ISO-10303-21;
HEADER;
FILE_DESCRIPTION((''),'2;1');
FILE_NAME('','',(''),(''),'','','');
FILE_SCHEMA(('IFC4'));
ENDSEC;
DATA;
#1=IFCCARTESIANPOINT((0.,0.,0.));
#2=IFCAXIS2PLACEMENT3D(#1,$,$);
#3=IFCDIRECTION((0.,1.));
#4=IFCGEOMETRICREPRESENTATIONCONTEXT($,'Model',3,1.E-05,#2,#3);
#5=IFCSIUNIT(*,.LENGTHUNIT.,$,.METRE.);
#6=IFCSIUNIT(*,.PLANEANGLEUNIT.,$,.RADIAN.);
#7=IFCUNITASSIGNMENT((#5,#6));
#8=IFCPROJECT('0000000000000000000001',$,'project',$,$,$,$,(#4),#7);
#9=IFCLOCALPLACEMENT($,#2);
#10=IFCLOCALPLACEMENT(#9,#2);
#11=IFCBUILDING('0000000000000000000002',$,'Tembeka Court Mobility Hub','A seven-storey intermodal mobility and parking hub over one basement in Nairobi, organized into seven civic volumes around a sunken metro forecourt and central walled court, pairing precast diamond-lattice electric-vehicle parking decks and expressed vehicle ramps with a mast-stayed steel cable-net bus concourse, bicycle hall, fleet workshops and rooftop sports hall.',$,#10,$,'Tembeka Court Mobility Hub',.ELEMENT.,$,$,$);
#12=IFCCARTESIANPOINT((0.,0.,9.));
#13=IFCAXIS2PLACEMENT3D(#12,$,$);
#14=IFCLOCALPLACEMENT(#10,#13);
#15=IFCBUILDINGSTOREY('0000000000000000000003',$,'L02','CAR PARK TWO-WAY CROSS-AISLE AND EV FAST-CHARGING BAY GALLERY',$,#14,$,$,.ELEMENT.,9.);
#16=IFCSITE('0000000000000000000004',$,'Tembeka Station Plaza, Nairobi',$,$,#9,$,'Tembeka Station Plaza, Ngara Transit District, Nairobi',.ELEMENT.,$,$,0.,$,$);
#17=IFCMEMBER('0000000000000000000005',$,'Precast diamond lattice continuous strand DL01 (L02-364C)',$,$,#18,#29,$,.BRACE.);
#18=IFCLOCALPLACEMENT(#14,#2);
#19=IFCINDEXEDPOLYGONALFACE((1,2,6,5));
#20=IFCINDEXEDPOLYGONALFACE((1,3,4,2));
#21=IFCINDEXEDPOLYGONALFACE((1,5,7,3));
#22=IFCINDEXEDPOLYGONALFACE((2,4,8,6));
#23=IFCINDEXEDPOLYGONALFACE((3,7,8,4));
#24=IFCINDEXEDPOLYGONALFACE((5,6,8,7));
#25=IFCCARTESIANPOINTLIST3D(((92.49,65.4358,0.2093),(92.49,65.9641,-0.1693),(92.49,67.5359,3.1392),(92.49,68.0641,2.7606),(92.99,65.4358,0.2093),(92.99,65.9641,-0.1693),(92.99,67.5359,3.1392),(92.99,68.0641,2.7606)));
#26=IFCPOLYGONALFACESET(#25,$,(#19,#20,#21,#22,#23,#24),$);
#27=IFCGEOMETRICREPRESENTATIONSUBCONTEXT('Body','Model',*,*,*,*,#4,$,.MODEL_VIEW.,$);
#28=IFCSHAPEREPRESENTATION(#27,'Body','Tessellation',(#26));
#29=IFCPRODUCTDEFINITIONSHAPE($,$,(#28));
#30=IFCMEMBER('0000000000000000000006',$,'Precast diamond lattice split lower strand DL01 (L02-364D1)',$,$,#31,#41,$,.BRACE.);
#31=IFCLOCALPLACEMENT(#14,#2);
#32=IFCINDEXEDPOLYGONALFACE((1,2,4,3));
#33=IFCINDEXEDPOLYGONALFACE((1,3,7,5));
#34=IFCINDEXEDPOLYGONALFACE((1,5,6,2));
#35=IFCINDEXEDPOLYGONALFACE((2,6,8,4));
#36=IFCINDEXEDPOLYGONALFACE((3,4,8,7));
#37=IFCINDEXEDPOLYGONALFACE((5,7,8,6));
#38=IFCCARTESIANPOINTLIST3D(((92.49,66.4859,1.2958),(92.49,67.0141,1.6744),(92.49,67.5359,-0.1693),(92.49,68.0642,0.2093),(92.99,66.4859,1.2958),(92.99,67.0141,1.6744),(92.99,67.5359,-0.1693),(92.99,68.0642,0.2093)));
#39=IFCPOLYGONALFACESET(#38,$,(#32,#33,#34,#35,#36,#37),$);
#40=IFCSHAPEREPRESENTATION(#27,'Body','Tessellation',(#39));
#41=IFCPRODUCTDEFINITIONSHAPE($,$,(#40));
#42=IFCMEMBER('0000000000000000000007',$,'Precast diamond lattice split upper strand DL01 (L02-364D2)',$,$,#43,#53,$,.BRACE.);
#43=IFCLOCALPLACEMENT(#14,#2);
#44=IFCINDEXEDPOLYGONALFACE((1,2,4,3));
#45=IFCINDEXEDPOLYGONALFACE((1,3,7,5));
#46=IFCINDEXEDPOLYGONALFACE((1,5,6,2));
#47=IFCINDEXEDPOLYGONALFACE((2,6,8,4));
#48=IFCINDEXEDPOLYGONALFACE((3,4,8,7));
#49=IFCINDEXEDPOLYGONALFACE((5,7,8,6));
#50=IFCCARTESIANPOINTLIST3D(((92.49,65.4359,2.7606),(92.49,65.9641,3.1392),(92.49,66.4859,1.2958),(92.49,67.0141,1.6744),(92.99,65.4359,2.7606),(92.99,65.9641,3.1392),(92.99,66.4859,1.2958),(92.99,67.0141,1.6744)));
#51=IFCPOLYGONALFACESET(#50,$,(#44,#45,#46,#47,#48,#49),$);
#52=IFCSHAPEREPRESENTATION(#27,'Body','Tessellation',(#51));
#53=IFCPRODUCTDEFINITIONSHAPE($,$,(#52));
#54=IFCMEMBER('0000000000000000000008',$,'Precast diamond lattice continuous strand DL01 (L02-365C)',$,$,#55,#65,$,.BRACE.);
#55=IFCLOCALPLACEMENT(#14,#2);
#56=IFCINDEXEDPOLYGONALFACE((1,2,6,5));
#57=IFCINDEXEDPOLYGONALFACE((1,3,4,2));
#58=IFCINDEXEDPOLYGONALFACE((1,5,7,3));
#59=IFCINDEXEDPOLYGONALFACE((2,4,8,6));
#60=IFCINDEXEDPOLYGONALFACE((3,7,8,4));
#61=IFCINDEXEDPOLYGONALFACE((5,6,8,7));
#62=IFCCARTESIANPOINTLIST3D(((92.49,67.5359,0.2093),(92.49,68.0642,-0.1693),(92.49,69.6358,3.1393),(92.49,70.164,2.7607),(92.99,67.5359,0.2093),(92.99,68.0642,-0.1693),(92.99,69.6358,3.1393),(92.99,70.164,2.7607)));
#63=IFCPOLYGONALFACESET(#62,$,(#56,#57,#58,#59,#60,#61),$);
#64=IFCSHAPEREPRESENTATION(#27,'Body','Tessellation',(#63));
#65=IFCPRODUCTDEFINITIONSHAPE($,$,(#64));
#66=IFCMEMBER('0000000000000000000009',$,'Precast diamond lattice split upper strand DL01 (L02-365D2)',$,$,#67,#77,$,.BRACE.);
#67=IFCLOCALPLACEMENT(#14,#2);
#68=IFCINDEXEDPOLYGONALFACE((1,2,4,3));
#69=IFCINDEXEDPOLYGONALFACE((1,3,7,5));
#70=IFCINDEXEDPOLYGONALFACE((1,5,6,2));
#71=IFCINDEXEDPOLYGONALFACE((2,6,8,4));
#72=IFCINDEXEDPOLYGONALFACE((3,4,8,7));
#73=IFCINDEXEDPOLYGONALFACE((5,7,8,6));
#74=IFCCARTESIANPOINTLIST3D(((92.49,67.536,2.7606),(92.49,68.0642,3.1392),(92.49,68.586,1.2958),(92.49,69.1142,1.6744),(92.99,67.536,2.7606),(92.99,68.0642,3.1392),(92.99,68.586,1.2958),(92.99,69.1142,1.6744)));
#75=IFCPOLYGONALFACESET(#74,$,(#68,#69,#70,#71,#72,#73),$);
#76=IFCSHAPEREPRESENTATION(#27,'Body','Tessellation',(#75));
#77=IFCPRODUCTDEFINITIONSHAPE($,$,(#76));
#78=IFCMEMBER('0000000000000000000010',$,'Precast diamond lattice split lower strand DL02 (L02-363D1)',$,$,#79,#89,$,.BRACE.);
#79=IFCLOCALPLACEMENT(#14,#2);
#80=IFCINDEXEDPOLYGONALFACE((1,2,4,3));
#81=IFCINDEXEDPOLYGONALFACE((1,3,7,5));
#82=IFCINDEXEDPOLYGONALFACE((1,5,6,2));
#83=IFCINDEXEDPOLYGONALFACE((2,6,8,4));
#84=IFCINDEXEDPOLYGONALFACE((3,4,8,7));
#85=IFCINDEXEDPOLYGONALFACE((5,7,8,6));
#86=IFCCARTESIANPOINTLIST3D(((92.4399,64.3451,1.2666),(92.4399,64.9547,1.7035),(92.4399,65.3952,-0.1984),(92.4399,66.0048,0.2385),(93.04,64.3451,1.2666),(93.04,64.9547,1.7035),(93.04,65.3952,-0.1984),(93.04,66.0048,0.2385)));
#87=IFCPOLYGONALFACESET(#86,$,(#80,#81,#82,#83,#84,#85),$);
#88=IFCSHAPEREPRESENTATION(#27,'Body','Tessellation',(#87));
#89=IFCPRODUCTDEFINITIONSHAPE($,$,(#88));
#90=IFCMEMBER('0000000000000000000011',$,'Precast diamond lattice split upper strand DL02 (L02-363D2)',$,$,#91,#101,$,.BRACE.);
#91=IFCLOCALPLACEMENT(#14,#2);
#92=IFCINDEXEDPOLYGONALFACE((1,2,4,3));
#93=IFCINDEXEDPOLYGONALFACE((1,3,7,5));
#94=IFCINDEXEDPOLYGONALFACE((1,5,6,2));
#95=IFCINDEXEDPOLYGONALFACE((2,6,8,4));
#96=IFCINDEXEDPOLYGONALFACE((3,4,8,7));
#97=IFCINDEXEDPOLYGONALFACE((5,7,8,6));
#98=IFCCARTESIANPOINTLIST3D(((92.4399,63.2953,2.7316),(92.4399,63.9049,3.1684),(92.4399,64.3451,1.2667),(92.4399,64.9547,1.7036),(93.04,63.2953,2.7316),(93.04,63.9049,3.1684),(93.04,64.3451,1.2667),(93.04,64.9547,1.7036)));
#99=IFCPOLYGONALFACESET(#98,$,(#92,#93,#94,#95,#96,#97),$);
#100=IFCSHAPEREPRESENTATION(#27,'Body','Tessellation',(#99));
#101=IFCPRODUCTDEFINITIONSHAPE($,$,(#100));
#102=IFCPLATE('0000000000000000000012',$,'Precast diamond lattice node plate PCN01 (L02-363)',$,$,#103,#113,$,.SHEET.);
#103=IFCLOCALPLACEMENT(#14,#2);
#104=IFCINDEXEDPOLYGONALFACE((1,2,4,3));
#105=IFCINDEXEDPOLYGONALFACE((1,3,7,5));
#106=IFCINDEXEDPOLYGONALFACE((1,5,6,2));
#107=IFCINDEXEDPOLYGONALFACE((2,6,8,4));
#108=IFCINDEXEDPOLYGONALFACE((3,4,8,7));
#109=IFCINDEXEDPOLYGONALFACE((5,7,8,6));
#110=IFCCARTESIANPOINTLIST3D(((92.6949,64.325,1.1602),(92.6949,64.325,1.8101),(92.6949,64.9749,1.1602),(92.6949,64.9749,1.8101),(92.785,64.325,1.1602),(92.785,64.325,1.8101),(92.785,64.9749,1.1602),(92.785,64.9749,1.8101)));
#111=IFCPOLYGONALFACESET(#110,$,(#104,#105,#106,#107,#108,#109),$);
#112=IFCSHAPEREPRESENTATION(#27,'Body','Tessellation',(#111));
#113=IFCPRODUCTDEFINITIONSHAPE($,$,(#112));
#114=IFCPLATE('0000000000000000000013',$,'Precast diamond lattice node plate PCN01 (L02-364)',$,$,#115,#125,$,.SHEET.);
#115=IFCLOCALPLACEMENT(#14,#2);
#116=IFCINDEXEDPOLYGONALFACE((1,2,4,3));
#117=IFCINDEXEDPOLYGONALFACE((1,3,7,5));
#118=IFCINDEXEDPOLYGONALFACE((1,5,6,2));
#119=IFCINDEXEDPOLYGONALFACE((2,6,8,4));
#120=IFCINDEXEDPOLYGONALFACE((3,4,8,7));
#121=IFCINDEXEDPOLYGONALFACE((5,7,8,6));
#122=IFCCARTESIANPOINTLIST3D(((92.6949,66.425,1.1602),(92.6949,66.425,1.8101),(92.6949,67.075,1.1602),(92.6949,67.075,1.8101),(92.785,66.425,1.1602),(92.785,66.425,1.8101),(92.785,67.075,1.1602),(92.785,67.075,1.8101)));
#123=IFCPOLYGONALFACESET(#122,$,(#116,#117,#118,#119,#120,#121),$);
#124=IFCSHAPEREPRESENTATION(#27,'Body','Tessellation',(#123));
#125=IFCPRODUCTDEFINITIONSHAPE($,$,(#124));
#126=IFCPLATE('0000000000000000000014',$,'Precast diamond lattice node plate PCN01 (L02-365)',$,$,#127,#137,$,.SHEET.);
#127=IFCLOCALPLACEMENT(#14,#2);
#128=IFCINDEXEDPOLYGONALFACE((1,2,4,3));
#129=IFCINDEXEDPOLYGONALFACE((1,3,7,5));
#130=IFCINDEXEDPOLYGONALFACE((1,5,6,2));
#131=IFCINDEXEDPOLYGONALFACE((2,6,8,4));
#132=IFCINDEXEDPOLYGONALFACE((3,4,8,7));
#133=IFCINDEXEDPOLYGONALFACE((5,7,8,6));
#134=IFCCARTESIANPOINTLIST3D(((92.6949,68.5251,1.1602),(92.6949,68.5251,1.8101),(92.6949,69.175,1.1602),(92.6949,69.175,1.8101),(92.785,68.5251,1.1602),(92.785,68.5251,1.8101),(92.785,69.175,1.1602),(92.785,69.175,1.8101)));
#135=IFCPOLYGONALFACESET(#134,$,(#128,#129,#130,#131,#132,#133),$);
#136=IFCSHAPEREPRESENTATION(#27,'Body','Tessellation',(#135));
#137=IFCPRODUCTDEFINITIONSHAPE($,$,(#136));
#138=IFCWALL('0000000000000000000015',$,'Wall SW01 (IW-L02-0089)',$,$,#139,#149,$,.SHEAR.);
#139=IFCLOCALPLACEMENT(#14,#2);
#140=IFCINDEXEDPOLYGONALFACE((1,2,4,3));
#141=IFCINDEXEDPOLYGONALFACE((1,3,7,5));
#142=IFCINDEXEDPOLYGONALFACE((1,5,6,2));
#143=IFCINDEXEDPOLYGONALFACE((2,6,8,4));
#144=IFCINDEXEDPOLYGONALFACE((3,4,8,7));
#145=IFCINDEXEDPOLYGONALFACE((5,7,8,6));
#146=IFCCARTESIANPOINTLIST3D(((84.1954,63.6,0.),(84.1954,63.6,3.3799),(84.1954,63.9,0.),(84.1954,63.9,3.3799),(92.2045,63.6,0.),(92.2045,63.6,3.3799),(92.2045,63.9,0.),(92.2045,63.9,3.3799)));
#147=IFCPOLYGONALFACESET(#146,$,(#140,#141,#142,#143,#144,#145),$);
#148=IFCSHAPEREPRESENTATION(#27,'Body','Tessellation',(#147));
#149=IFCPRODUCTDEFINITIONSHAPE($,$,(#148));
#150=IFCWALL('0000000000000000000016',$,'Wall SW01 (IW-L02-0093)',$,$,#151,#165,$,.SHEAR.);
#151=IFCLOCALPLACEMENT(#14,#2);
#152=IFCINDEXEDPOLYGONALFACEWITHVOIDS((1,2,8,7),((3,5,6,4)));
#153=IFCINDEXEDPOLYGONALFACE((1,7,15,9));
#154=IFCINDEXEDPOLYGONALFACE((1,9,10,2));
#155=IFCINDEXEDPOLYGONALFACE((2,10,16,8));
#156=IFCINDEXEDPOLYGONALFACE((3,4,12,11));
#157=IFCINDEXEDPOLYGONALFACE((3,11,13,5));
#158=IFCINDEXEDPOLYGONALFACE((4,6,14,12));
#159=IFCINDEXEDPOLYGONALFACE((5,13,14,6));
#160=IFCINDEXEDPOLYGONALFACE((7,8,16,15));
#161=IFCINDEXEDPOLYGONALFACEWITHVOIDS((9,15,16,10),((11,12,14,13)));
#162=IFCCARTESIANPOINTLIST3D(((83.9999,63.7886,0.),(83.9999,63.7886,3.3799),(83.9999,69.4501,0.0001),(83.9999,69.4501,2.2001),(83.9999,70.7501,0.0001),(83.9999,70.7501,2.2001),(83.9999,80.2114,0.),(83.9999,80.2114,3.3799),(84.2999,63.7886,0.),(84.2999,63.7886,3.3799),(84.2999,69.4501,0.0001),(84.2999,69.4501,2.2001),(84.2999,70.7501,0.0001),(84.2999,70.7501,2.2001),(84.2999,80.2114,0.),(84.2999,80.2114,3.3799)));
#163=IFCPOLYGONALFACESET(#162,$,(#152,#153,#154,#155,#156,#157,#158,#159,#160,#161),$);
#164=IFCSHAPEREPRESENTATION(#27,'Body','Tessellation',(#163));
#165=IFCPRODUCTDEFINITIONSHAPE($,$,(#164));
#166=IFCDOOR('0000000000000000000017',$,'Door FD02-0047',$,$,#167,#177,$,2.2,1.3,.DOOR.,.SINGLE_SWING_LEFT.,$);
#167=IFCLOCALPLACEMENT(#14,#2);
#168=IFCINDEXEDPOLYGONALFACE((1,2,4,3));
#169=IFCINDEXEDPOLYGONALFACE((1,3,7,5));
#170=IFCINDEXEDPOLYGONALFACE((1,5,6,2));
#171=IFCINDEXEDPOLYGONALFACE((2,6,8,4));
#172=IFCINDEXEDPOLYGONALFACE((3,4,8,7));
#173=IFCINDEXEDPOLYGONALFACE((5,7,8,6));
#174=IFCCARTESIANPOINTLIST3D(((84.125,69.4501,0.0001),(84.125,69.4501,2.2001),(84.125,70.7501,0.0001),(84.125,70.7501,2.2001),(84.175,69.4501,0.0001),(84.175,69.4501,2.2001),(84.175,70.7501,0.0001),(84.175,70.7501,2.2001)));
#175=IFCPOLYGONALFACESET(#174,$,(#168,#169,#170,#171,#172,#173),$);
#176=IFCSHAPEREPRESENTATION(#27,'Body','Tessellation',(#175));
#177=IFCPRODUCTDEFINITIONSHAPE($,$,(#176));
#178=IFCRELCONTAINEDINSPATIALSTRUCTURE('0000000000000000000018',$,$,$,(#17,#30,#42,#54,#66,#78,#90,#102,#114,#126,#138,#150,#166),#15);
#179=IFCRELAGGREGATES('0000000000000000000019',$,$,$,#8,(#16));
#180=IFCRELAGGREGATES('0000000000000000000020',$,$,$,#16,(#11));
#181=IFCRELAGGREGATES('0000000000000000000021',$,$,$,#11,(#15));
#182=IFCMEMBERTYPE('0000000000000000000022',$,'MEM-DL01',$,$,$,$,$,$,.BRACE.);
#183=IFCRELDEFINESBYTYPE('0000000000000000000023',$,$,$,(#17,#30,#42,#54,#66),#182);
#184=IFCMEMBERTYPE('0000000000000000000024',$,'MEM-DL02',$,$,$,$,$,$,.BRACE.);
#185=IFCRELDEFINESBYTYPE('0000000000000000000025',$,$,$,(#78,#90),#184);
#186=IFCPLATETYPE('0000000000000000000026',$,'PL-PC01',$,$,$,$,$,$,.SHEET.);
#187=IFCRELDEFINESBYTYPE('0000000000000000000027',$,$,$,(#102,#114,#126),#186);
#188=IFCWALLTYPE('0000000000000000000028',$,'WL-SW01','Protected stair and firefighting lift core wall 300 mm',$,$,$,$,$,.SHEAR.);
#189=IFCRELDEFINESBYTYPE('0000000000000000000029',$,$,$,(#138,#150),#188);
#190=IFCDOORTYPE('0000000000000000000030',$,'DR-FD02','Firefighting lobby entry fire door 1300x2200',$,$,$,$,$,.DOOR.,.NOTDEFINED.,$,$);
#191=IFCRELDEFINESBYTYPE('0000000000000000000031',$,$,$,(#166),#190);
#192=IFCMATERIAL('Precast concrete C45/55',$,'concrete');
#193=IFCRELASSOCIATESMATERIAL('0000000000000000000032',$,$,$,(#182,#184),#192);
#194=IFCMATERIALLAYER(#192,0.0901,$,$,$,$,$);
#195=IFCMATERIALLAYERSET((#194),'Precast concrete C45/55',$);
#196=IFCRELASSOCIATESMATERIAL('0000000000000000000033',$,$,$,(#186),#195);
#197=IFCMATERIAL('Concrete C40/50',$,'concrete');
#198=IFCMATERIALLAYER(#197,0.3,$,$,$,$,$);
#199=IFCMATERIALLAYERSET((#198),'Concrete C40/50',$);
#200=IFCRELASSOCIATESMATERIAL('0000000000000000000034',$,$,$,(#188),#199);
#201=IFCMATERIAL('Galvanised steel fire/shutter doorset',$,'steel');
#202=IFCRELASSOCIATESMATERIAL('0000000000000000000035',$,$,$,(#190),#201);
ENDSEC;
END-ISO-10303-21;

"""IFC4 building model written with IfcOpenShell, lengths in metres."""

from ifc_helpers import new_model, si_unit, direction, frame, frame_2d, origin, origin_2d, place, context, subcontext, project, spatial, rectangle, extrude, material, layer, layer_set, material_profile, profile_set, type_object, element, fill, save


model = new_model("IFC4")

# Units and contexts
model_context = context("Model", 3, precision=1e-05, world=origin(), true_north=direction((0.0, 1.0)))
body_context = subcontext(model_context, "Body", "Model", "MODEL_VIEW")
ifc_project = project(units=[si_unit("LENGTHUNIT", "METRE"), si_unit("PLANEANGLEUNIT", "RADIAN")], contexts=[model_context])

# Site, building, storey
site_placement = place(None, origin())
site = spatial("IfcSite", under=ifc_project, at=site_placement, Name="Tembeka Station Plaza, Nairobi", LongName="Tembeka Station Plaza, Ngara Transit District, Nairobi", CompositionType="ELEMENT", RefElevation=0.0)
building_placement = place(site_placement, origin())
building = spatial("IfcBuilding", under=site, at=building_placement, Name="Tembeka Court Mobility Hub", Description="A seven-storey intermodal mobility and parking hub over one basement in Nairobi, organized into seven civic volumes around a sunken metro forecourt and central walled court, pairing precast diamond-lattice electric-vehicle parking decks and expressed vehicle ramps with a mast-stayed steel cable-net bus concourse, bicycle hall, fleet workshops and rooftop sports hall.", LongName="Tembeka Court Mobility Hub", CompositionType="ELEMENT")
storey_placement = place(building_placement, frame((0.0, 0.0, 9.0)))
storey = spatial("IfcBuildingStorey", under=building, at=storey_placement, Name="L02", Description="CAR PARK TWO-WAY CROSS-AISLE AND EV FAST-CHARGING BAY GALLERY", CompositionType="ELEMENT", Elevation=9.0)

# Members
ifc_material_1 = material(Name="Precast concrete C45/55", Category="concrete")
ifc_material_profile_1 = material_profile(ifc_material_1, rectangle(XDim=0.5, YDim=0.6499, at=origin_2d()), Name="PC-DIAG 500x650")
ifc_profile_set_1 = profile_set([ifc_material_profile_1], Name="Precast concrete C45/55")
member_type_1 = type_object("IfcMemberType", Name="MEM-DL01", PredefinedType="BRACE", material=ifc_profile_set_1)
member_1_placement = place(storey_placement, frame((92.74, 65.7, 0.02), z_axis=(0.0, 0.582576, 0.812776), x_axis=(-1.0, 0.0, 0.0)))
element("IfcMember", 1, at=member_1_placement, inside=storey, type_object=member_type_1, Name="Precast diamond lattice continuous strand DL01 (L02-364C)", PredefinedType="BRACE", context=body_context, shape_type="SweptSolid", body=[
    extrude(rectangle(XDim=0.5, YDim=0.6499, at=origin_2d()), origin(), (0.0, 0.0, 1.0), 3.6047),
])
member_2_placement = place(storey_placement, frame((92.74, 67.8, 0.02), z_axis=(0.0, -0.582544, 0.812799), x_axis=(1.0, 0.0, 0.0)))
element("IfcMember", 2, at=member_2_placement, inside=storey, type_object=member_type_1, Name="Precast diamond lattice split lower strand DL01 (L02-364D1)", PredefinedType="BRACE", context=body_context, shape_type="SweptSolid", body=[
    extrude(rectangle(XDim=0.5, YDim=0.6499, at=origin_2d()), origin(), (0.0, 0.0, 1.0), 1.8025),
])
member_3_placement = place(storey_placement, frame((92.74, 66.75, 1.4851), z_axis=(0.0, -0.582608, 0.812753), x_axis=(1.0, 0.0, 0.0)))
element("IfcMember", 3, at=member_3_placement, inside=storey, type_object=member_type_1, Name="Precast diamond lattice split upper strand DL01 (L02-364D2)", PredefinedType="BRACE", context=body_context, shape_type="SweptSolid", body=[
    extrude(rectangle(XDim=0.5, YDim=0.6499, at=origin_2d()), origin(), (0.0, 0.0, 1.0), 1.8022),
])
member_4_placement = place(storey_placement, frame((92.74, 67.8, 0.02), z_axis=(0.0, 0.582532, 0.812808), x_axis=(-1.0, 0.0, 0.0)))
element("IfcMember", 4, at=member_4_placement, inside=storey, type_object=member_type_1, Name="Precast diamond lattice continuous strand DL01 (L02-365C)", PredefinedType="BRACE", context=body_context, shape_type="SweptSolid", body=[
    extrude(rectangle(XDim=0.5, YDim=0.6499, at=origin_2d()), origin(), (0.0, 0.0, 1.0), 3.6047),
])
member_5_placement = place(storey_placement, frame((92.74, 68.8501, 1.4851), z_axis=(0.0, -0.582608, 0.812753), x_axis=(1.0, 0.0, 0.0)))
element("IfcMember", 5, at=member_5_placement, inside=storey, type_object=member_type_1, Name="Precast diamond lattice split upper strand DL01 (L02-365D2)", PredefinedType="BRACE", context=body_context, shape_type="SweptSolid", body=[
    extrude(rectangle(XDim=0.5, YDim=0.6499, at=origin_2d()), origin(), (0.0, 0.0, 1.0), 1.8022),
])
ifc_material_profile_2 = material_profile(ifc_material_1, rectangle(XDim=0.6001, YDim=0.75, at=origin_2d()), Name="PC-DIAG 600x750")
ifc_profile_set_2 = profile_set([ifc_material_profile_2], Name="Precast concrete C45/55")
member_type_2 = type_object("IfcMemberType", Name="MEM-DL02", PredefinedType="BRACE", material=ifc_profile_set_2)
member_6_placement = place(storey_placement, frame((92.74, 65.7, 0.02), z_axis=(0.0, -0.582544, 0.812799), x_axis=(1.0, 0.0, 0.0)))
element("IfcMember", 6, at=member_6_placement, inside=storey, type_object=member_type_2, Name="Precast diamond lattice split lower strand DL02 (L02-363D1)", PredefinedType="BRACE", context=body_context, shape_type="SweptSolid", body=[
    extrude(rectangle(XDim=0.6001, YDim=0.75, at=origin_2d()), origin(), (0.0, 0.0, 1.0), 1.8025),
])
member_7_placement = place(storey_placement, frame((92.74, 64.6499, 1.4851), z_axis=(0.0, -0.582519, 0.812817), x_axis=(1.0, 0.0, 0.0)))
element("IfcMember", 7, at=member_7_placement, inside=storey, type_object=member_type_2, Name="Precast diamond lattice split upper strand DL02 (L02-363D2)", PredefinedType="BRACE", context=body_context, shape_type="SweptSolid", body=[
    extrude(rectangle(XDim=0.6001, YDim=0.75, at=origin_2d()), origin(), (0.0, 0.0, 1.0), 1.8022),
])

# Plates
ifc_layer_1 = layer(ifc_material_1, 0.0901)
ifc_layer_set_1 = layer_set([ifc_layer_1], Name="Precast concrete C45/55")
plate_type = type_object("IfcPlateType", Name="PL-PC01", PredefinedType="SHEET", material=ifc_layer_set_1)
for number, where, z_axis, x_axis, name in (
    (8, (92.74, 64.6499, 1.1602), (0.0, 0.0, 1.0), (1.0, 0.0, 0.0), "Precast diamond lattice node plate PCN01 (L02-363)"),
    (9, (92.74, 66.75, 1.1602), (0.0, 0.0, 1.0), (1.0, 0.0, 0.0), "Precast diamond lattice node plate PCN01 (L02-364)"),
    (10, (92.74, 68.8501, 1.1602), (0.0, 0.0, 1.0), (1.0, 0.0, 0.0), "Precast diamond lattice node plate PCN01 (L02-365)"),
):
    element("IfcPlate", number, at=place(storey_placement, frame(where, z_axis=z_axis, x_axis=x_axis)), inside=storey, type_object=plate_type, Name=name, PredefinedType="SHEET", context=body_context, shape_type="SweptSolid", body=[
        extrude(rectangle(XDim=0.0901, YDim=0.6499, at=origin_2d()), origin(), (0.0, 0.0, 1.0), 0.6499),
    ])

# Wall
ifc_material_2 = material(Name="Concrete C40/50", Category="concrete")
ifc_layer_2 = layer(ifc_material_2, 0.3)
ifc_layer_set_2 = layer_set([ifc_layer_2], Name="Concrete C40/50")
wall_type_1 = type_object("IfcWallType", Name="WL-SW01", Description="Protected stair and firefighting lift core wall 300 mm", PredefinedType="SHEAR", material=ifc_layer_set_2)
wall_1_placement = place(storey_placement, frame((84.1956, 63.75, 0.0), z_axis=(0.0, 0.0, 1.0), x_axis=(1.0, 0.0, 0.0)))
element("IfcWall", 11, at=wall_1_placement, inside=storey, type_object=wall_type_1, Name="Wall SW01 (IW-L02-0089)", PredefinedType="SHEAR", context=body_context, shape_type="SweptSolid", body=[
    extrude(rectangle(XDim=8.009, YDim=0.3, at=frame_2d((4.0044, 0.0))), origin(), (0.0, 0.0, 1.0), 3.3799),
])

# Wall, opening, door
wall_2_placement = place(storey_placement, frame((84.1499, 63.7886, 0.0), z_axis=(0.0, 0.0, 1.0), x_axis=(0.0, 1.0, 0.0)))
wall_2 = element("IfcWall", 12, at=wall_2_placement, inside=storey, type_object=wall_type_1, Name="Wall SW01 (IW-L02-0093)", PredefinedType="SHEAR", context=body_context, shape_type="SweptSolid", body=[
    extrude(rectangle(XDim=16.4229, YDim=0.3, at=frame_2d((8.2114, 0.0))), origin(), (0.0, 0.0, 1.0), 3.3799),
])
opening_1_placement = place(wall_2_placement, frame((5.6616, 0.0, 0.0)))
opening_1 = element("IfcOpeningElement", 13, at=opening_1_placement, cuts=wall_2, PredefinedType="OPENING", context=body_context, shape_type="SweptSolid", body=[
    extrude(rectangle(XDim=1.3, YDim=2.2, at=frame_2d((0.6499, 1.1001))), frame((0.0, 0.1602, 0.0), z_axis=(0.0, -1.0, 0.0), x_axis=(1.0, 0.0, 0.0)), (0.0, 0.0, 1.0), 0.3201),
])
ifc_material_3 = material(Name="Galvanised steel fire/shutter doorset", Category="steel")
door_type_1 = type_object("IfcDoorType", Name="DR-FD02", Description="Firefighting lobby entry fire door 1300x2200", OperationType="NOTDEFINED", PredefinedType="DOOR", material=ifc_material_3)
door_1_placement = place(opening_1_placement, origin())
door_1 = element("IfcDoor", 14, at=door_1_placement, inside=storey, type_object=door_type_1, Name="Door FD02-0047", OperationType="SINGLE_SWING_LEFT", OverallHeight=2.2, OverallWidth=1.3, PredefinedType="DOOR", context=body_context, shape_type="SweptSolid", body=[
    extrude(rectangle(XDim=1.3, YDim=2.2, at=frame_2d((0.6499, 1.1001))), frame((0.0, 0.0249, 0.0), z_axis=(0.0, -1.0, 0.0), x_axis=(1.0, 0.0, 0.0)), (0.0, 0.0, 1.0), 0.05),
])
fill(opening_1, door_1)

save(model, "model.ifc")
